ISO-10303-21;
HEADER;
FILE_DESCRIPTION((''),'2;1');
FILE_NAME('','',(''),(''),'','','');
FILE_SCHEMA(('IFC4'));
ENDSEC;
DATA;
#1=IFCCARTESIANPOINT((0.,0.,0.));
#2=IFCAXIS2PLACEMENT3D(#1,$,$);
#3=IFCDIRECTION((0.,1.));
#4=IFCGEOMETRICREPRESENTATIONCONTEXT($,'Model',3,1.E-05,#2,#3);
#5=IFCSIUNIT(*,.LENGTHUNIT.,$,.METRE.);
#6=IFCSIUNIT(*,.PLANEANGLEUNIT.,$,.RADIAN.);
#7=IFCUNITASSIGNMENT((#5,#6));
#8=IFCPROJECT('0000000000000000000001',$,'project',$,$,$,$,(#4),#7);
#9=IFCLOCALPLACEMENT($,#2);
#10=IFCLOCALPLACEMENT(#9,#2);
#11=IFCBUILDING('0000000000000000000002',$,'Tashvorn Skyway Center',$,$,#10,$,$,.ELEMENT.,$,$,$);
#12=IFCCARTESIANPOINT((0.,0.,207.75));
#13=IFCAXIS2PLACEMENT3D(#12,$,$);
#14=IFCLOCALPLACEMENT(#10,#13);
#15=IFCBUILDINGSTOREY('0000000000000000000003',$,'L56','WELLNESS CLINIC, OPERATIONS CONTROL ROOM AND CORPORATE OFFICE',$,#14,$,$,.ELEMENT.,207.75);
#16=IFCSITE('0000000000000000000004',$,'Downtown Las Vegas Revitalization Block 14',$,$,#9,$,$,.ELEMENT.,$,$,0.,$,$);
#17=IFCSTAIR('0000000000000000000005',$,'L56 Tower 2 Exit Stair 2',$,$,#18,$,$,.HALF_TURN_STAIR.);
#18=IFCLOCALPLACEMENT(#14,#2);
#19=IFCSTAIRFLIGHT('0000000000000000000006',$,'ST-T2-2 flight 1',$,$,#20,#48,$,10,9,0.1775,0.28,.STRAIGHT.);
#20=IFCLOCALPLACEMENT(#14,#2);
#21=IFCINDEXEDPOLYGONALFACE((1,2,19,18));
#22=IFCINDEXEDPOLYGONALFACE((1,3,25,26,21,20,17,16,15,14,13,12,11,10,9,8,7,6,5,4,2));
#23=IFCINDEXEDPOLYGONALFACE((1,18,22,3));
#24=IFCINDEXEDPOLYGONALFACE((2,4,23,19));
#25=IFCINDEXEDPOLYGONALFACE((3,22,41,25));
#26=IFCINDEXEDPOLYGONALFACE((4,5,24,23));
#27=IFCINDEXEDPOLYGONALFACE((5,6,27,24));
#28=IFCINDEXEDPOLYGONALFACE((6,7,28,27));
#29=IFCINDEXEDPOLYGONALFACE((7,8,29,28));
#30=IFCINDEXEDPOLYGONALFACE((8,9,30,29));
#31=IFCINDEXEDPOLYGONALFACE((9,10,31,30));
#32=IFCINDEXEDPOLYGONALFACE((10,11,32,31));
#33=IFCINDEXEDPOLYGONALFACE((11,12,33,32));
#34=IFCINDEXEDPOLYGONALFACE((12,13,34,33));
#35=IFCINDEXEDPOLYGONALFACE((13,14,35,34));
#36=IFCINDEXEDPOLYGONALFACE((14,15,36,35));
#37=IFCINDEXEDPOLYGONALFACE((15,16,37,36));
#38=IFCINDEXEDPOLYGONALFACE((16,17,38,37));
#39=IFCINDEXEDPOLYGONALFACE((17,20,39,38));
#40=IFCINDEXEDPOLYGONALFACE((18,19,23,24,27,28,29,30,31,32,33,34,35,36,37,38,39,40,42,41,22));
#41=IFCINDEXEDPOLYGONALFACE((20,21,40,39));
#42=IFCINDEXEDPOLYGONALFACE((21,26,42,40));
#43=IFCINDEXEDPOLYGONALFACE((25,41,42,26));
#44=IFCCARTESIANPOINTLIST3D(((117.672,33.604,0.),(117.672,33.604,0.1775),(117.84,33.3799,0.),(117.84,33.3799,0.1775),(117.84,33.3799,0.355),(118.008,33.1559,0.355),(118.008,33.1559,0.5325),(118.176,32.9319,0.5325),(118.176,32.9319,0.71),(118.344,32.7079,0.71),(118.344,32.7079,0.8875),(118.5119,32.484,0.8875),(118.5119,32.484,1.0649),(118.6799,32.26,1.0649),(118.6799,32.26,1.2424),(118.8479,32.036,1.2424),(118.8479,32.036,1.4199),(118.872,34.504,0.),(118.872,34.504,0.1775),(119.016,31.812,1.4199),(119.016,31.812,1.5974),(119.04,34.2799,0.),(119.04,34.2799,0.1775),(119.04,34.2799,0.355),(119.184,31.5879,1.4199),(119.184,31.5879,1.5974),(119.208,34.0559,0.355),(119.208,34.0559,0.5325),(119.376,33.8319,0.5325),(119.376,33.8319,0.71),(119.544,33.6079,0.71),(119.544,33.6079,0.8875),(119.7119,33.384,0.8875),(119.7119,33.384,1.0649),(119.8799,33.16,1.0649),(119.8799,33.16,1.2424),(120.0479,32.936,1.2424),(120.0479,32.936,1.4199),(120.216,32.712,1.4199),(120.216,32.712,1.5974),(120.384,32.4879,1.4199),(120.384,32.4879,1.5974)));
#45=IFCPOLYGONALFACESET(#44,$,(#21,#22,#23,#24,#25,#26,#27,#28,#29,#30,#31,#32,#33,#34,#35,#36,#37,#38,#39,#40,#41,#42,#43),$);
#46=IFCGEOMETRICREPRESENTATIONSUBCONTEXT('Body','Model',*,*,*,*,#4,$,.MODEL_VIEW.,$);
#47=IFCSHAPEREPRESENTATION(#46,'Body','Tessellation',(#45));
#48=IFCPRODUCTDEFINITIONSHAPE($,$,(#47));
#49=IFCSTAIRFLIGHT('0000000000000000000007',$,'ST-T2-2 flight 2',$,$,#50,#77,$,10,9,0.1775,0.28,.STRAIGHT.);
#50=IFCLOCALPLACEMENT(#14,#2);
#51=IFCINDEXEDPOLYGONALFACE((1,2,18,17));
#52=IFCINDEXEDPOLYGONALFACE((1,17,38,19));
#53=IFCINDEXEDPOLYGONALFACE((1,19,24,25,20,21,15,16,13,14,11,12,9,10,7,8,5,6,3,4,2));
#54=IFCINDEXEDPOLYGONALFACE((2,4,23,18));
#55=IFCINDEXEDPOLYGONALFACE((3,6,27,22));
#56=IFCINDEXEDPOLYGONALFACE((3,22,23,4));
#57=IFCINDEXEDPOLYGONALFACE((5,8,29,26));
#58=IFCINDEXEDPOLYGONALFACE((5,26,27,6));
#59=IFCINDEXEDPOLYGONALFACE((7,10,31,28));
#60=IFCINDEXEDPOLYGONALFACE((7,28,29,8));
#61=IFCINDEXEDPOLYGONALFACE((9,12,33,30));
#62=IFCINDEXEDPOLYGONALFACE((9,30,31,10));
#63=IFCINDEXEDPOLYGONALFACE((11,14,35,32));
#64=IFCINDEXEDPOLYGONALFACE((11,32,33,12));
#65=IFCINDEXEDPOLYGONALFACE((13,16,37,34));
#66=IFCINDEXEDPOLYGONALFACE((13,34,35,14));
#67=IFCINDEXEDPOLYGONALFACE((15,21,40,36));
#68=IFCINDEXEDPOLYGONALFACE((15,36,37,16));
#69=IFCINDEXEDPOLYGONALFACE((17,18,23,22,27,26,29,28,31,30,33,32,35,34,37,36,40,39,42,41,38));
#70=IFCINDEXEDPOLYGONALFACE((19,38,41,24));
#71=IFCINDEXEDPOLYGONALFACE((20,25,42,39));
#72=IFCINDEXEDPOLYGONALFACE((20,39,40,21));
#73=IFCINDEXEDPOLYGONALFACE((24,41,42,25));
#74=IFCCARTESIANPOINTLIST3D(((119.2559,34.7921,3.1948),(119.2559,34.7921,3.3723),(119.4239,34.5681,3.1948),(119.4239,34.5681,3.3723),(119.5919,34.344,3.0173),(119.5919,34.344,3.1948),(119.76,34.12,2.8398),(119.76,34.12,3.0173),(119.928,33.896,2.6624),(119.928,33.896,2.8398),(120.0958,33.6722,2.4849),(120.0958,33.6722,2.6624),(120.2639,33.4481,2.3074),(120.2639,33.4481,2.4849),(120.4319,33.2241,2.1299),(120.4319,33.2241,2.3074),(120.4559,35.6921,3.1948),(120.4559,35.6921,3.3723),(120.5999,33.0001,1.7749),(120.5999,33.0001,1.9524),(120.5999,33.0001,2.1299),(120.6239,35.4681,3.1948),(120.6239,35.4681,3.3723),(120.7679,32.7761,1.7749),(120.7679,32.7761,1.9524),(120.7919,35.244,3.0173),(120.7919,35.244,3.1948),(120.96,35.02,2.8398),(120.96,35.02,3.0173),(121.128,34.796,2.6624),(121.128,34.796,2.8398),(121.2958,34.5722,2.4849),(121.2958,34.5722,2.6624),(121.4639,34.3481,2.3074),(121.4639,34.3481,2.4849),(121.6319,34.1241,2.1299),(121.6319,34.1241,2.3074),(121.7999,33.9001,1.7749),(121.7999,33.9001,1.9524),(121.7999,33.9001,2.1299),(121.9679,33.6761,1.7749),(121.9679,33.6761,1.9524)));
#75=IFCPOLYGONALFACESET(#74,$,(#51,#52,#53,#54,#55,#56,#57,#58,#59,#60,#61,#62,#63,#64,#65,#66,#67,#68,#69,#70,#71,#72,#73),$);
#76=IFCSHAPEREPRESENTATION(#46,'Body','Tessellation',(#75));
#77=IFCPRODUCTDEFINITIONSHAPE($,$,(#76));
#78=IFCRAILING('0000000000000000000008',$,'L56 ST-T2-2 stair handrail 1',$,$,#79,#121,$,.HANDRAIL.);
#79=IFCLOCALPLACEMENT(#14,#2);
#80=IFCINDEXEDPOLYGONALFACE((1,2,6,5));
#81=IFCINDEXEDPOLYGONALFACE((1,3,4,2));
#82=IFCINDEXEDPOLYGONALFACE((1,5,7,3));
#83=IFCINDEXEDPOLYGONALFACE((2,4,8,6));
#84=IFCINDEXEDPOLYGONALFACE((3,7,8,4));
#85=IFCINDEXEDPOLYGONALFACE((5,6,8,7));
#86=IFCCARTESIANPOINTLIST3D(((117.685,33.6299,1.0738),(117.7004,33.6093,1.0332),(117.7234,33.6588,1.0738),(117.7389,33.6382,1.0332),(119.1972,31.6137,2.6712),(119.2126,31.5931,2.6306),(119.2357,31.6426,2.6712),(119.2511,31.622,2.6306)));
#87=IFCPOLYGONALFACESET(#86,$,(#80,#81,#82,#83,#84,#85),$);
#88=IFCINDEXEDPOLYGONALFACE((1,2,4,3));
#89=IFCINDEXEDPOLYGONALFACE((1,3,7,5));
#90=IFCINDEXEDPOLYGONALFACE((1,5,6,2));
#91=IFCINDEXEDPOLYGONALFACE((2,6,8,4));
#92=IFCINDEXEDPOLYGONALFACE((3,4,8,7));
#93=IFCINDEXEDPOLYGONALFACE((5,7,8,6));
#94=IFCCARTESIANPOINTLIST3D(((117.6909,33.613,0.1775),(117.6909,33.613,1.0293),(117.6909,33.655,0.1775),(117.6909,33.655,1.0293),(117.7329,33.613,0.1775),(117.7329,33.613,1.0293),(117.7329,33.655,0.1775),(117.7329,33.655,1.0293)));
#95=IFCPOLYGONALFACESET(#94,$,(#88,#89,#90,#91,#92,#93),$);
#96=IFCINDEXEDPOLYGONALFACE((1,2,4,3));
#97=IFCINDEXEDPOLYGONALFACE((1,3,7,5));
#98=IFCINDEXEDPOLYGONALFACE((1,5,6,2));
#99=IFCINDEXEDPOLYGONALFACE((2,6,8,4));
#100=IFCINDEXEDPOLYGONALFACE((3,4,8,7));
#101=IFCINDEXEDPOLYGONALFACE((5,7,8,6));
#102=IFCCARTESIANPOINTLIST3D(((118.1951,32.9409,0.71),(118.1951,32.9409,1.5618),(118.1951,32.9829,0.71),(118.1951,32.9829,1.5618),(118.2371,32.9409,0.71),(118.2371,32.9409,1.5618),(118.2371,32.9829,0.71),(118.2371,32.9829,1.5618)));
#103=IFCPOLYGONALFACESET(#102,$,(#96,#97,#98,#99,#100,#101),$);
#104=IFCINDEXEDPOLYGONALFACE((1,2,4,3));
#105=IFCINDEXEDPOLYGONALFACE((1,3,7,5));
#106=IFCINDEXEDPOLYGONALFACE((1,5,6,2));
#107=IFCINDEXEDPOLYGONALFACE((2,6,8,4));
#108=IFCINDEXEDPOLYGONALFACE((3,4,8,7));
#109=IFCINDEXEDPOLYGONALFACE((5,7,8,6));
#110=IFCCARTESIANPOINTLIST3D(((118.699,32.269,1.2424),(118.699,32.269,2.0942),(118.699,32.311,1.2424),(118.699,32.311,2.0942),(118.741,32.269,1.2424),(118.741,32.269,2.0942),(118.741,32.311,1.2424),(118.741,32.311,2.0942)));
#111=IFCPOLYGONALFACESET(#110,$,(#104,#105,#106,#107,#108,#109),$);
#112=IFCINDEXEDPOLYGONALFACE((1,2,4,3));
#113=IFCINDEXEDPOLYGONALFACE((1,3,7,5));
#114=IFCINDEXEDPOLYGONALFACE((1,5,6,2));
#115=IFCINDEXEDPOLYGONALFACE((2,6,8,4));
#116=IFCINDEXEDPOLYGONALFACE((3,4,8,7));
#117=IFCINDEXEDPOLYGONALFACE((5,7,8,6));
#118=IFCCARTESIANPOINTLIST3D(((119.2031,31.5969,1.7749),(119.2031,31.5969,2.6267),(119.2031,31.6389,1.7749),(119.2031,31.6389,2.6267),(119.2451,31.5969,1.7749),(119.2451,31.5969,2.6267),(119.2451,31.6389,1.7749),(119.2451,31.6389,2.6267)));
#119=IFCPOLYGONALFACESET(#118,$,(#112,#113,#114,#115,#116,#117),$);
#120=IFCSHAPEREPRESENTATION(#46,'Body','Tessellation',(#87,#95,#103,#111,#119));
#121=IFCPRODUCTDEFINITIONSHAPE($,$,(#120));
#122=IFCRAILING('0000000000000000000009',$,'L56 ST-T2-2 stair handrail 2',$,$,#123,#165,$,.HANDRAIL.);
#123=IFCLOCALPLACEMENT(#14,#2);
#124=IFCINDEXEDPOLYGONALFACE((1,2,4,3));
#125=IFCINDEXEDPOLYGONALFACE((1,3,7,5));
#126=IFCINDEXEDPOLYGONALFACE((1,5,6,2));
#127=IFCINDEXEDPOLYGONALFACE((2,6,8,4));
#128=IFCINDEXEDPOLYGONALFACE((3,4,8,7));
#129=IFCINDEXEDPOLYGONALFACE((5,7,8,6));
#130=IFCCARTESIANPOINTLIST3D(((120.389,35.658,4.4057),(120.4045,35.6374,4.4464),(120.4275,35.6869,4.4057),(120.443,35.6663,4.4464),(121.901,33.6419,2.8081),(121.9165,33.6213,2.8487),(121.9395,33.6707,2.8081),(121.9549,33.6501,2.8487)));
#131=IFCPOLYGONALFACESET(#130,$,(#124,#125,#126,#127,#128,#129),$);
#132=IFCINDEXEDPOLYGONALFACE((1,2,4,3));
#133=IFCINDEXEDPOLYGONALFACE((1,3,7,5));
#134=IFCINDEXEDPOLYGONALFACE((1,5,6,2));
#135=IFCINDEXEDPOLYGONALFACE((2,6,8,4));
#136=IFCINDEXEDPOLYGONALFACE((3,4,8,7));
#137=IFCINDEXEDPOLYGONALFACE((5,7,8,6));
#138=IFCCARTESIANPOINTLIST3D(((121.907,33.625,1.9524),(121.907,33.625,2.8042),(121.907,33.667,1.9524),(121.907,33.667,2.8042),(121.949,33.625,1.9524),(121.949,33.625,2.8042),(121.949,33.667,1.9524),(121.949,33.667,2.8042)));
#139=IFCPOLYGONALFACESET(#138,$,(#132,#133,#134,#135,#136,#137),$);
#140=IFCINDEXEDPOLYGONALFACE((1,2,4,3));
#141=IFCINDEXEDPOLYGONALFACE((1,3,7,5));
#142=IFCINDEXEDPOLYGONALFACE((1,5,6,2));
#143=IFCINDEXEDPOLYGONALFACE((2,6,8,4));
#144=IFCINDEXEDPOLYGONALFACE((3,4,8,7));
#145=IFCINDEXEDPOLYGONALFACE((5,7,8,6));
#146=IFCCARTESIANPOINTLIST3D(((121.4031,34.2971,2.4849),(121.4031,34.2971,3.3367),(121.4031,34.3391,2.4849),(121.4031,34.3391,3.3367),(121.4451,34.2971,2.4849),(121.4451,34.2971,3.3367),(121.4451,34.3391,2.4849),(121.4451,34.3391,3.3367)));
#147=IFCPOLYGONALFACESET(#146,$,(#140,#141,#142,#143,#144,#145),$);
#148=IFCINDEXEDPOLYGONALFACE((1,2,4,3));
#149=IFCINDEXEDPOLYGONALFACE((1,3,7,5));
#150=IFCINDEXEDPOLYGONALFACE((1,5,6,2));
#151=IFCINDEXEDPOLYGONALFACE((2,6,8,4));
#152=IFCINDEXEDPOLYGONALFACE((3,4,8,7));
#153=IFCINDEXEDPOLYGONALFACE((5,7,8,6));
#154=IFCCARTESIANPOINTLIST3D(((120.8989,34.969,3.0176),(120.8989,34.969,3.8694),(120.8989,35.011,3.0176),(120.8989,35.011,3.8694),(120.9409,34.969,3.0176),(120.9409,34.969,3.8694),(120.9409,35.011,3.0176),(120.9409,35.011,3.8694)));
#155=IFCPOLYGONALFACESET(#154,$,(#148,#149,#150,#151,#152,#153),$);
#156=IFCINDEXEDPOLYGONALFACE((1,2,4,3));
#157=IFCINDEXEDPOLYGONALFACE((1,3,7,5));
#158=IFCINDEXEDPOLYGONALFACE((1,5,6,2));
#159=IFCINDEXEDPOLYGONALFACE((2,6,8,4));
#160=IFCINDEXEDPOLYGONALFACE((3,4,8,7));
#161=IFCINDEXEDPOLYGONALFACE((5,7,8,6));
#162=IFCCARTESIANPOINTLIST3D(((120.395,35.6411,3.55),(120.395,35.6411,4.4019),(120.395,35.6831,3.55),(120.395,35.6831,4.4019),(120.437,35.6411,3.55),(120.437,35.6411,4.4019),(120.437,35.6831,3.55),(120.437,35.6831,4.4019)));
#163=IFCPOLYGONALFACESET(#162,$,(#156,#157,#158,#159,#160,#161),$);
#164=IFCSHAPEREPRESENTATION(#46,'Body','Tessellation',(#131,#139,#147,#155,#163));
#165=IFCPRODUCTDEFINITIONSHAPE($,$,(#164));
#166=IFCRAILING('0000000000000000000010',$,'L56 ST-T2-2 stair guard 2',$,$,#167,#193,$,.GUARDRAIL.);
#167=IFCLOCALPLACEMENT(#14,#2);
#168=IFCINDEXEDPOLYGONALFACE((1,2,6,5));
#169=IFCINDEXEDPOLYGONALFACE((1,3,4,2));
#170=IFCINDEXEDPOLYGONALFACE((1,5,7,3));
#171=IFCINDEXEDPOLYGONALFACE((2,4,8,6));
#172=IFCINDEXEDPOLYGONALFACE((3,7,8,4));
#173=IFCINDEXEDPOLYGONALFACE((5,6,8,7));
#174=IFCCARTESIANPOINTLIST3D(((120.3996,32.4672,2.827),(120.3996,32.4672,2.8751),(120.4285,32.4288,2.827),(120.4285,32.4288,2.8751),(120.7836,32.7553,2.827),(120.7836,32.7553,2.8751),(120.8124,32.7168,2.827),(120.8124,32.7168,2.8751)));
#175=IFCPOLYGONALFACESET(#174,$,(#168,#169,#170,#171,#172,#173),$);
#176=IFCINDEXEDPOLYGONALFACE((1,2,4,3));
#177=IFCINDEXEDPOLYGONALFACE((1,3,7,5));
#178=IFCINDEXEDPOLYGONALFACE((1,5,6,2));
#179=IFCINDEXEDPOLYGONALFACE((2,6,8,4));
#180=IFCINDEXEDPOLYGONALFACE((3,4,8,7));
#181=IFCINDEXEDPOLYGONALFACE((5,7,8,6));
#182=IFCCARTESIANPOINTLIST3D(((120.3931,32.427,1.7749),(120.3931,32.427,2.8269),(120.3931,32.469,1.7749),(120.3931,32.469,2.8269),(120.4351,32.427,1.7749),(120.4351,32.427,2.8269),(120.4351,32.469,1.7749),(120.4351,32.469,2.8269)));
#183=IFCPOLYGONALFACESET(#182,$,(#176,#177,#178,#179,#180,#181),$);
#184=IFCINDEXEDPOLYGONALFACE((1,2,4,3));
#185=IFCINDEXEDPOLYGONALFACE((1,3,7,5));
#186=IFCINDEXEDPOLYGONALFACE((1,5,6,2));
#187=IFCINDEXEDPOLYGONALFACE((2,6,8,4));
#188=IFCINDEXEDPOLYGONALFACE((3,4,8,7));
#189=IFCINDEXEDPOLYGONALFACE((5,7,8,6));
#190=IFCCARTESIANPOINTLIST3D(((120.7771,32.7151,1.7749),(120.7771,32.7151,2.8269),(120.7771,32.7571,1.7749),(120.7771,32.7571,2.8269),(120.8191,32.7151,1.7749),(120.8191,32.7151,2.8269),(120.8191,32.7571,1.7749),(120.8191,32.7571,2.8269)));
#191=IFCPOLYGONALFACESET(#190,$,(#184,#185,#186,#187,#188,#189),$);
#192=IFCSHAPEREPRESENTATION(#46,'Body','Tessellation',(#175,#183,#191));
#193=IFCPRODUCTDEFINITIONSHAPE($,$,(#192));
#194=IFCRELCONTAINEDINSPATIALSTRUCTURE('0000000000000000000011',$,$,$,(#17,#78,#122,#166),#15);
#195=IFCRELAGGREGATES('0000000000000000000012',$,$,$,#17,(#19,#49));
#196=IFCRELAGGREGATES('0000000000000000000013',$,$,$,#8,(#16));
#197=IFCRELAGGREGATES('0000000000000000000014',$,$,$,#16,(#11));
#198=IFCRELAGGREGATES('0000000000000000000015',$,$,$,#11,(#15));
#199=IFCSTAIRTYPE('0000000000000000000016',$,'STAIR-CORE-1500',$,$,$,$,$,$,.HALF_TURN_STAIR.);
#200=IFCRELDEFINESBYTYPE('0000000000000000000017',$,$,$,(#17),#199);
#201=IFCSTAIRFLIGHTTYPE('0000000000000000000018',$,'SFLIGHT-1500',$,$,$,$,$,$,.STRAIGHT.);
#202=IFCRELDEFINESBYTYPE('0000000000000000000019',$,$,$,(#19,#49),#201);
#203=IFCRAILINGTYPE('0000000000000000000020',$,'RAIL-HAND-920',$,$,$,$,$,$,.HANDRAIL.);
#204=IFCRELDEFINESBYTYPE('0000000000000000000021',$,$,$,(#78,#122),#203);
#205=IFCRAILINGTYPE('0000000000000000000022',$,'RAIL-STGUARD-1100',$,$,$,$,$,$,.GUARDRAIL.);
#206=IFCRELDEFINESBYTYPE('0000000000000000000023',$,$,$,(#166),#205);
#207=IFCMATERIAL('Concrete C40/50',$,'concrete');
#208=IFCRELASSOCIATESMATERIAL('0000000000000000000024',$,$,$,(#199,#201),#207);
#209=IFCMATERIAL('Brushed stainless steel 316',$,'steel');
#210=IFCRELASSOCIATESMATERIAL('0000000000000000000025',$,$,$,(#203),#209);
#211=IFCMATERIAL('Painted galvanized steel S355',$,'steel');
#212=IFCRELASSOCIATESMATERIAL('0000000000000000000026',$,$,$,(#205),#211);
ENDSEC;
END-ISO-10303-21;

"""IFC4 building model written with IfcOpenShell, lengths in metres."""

from ifc_helpers import new_model, si_unit, direction, frame, origin, origin_2d, place, context, subcontext, project, spatial, polyline, rectangle, outline, extrude, material, type_object, element, aggregate, save


model = new_model("IFC4")

# Units and contexts
model_context = context("Model", 3, precision=1e-05, world=origin(), true_north=direction((0.0, 1.0)))
body_context = subcontext(model_context, "Body", "Model", "MODEL_VIEW")
ifc_project = project(units=[si_unit("LENGTHUNIT", "METRE"), si_unit("PLANEANGLEUNIT", "RADIAN")], contexts=[model_context])

# Site, building, storey
site_placement = place(None, origin())
site = spatial("IfcSite", under=ifc_project, at=site_placement, Name="Downtown Las Vegas Revitalization Block 14", CompositionType="ELEMENT", RefElevation=0.0)
building_placement = place(site_placement, origin())
building = spatial("IfcBuilding", under=site, at=building_placement, Name="Tashvorn Skyway Center", CompositionType="ELEMENT")
storey_placement = place(building_placement, frame((0.0, 0.0, 207.75)))
storey = spatial("IfcBuildingStorey", under=building, at=storey_placement, Name="L56", Description="WELLNESS CLINIC, OPERATIONS CONTROL ROOM AND CORPORATE OFFICE", CompositionType="ELEMENT", Elevation=207.75)

# Shared definitions
ifc_material_1 = material(Name="Concrete C40/50", Category="concrete")

# Stair, stair flights
stair_type = type_object("IfcStairType", Name="STAIR-CORE-1500", PredefinedType="HALF_TURN_STAIR", material=ifc_material_1)
stair_placement = place(storey_placement, origin())
stair = element("IfcStair", 1, at=stair_placement, inside=storey, type_object=stair_type, Name="L56 Tower 2 Exit Stair 2", PredefinedType="HALF_TURN_STAIR")
stair_flight_type = type_object("IfcStairFlightType", Name="SFLIGHT-1500", PredefinedType="STRAIGHT", material=ifc_material_1)
stair_flight_1_placement = place(storey_placement, frame((118.272, 34.054, 0.0), z_axis=(0.0, 0.0, 1.0), x_axis=(0.6, -0.8, 0.0)))
stair_flight_1 = element("IfcStairFlight", 2, at=stair_flight_1_placement, type_object=stair_flight_type, Name="ST-T2-2 flight 1", NumberOfRisers=10, NumberOfTreads=9, PredefinedType="STRAIGHT", RiserHeight=0.1775, TreadLength=0.28, context=body_context, shape_type="SweptSolid", body=[
    extrude(outline(polyline([(0.0, 0.0), (0.0, 0.1775), (0.28, 0.1775), (0.28, 0.355), (0.5601, 0.355), (0.5601, 0.5325), (0.8401, 0.5325), (0.8401, 0.71), (1.1201, 0.71), (1.1201, 0.8875), (1.3999, 0.8875), (1.3999, 1.0649), (1.6799, 1.0649), (1.6799, 1.2424), (1.96, 1.2424), (1.96, 1.4199), (2.24, 1.4199), (2.24, 1.5974), (2.52, 1.5974), (2.52, 1.7749), (2.52, 1.4199), (0.28, 0.0), (0.0, 0.0)])), frame((0.0, 0.75, 0.0), z_axis=(0.0, -1.0, 0.0), x_axis=(1.0, 0.0, 0.0)), (0.0, 0.0, 1.0), 1.5),
])
stair_flight_2_placement = place(storey_placement, frame((121.3679, 33.2261, 1.7749), z_axis=(0.0, 0.0, 1.0), x_axis=(-0.6, 0.8, 0.0)))
stair_flight_2 = element("IfcStairFlight", 3, at=stair_flight_2_placement, type_object=stair_flight_type, Name="ST-T2-2 flight 2", NumberOfRisers=10, NumberOfTreads=9, PredefinedType="STRAIGHT", RiserHeight=0.1775, TreadLength=0.28, context=body_context, shape_type="SweptSolid", body=[
    extrude(outline(polyline([(0.0, 0.0), (0.0, 0.1775), (0.28, 0.1775), (0.28, 0.355), (0.5601, 0.355), (0.5601, 0.5325), (0.8401, 0.5325), (0.8401, 0.71), (1.1201, 0.71), (1.1201, 0.8875), (1.3999, 0.8875), (1.3999, 1.0649), (1.6799, 1.0649), (1.6799, 1.2424), (1.96, 1.2424), (1.96, 1.4199), (2.24, 1.4199), (2.24, 1.5974), (2.52, 1.5974), (2.52, 1.7749), (2.52, 1.4199), (0.28, 0.0), (0.0, 0.0)])), frame((0.0, 0.75, 0.0), z_axis=(0.0, -1.0, 0.0), x_axis=(1.0, 0.0, 0.0)), (0.0, 0.0, 1.0), 1.5),
])
aggregate(stair, [stair_flight_1, stair_flight_2])

# Railings
ifc_material_2 = material(Name="Brushed stainless steel 316", Category="steel")
railing_type_1 = type_object("IfcRailingType", Name="RAIL-HAND-920", PredefinedType="HANDRAIL", material=ifc_material_2)
railing_1_placement = place(storey_placement, frame((117.7119, 33.634, 0.1775)))
element("IfcRailing", 4, at=railing_1_placement, inside=storey, type_object=railing_type_1, Name="L56 ST-T2-2 stair handrail 1", PredefinedType="HANDRAIL", context=body_context, shape_type="SweptSolid", body=[
    extrude(rectangle(XDim=0.0481, YDim=0.0481, at=origin_2d()), frame((0.0, 0.0, 0.876), z_axis=(0.506802, -0.675681, 0.535357), x_axis=(0.799977, 0.600031, 0.0)), (0.0, 0.0, 1.0), 2.9839),
    extrude(rectangle(XDim=0.042, YDim=0.042, at=origin_2d()), origin(), (0.0, 0.0, 1.0), 0.8518),
    extrude(rectangle(XDim=0.042, YDim=0.042, at=origin_2d()), frame((0.5042, -0.6721, 0.5325)), (0.0, 0.0, 1.0), 0.8518),
    extrude(rectangle(XDim=0.042, YDim=0.042, at=origin_2d()), frame((1.0081, -1.344, 1.0649)), (0.0, 0.0, 1.0), 0.8518),
    extrude(rectangle(XDim=0.042, YDim=0.042, at=origin_2d()), frame((1.5122, -2.0161, 1.5974)), (0.0, 0.0, 1.0), 0.8518),
])
railing_2_placement = place(storey_placement, frame((121.928, 33.646, 1.9524)))
element("IfcRailing", 5, at=railing_2_placement, inside=storey, type_object=railing_type_1, Name="L56 ST-T2-2 stair handrail 2", PredefinedType="HANDRAIL", context=body_context, shape_type="SweptSolid", body=[
    extrude(rectangle(XDim=0.0481, YDim=0.0481, at=origin_2d()), frame((0.0, 0.0, 0.876), z_axis=(-0.506719, 0.675679, 0.535438), x_axis=(-0.800023, -0.599969, 0.0)), (0.0, 0.0, 1.0), 2.9839),
    extrude(rectangle(XDim=0.042, YDim=0.042, at=origin_2d()), origin(), (0.0, 0.0, 1.0), 0.8518),
    extrude(rectangle(XDim=0.042, YDim=0.042, at=origin_2d()), frame((-0.5039, 0.6721, 0.5325)), (0.0, 0.0, 1.0), 0.8518),
    extrude(rectangle(XDim=0.042, YDim=0.042, at=origin_2d()), frame((-1.0081, 1.344, 1.0652)), (0.0, 0.0, 1.0), 0.8518),
    extrude(rectangle(XDim=0.042, YDim=0.042, at=origin_2d()), frame((-1.512, 2.0161, 1.5977)), (0.0, 0.0, 1.0), 0.8518),
])
ifc_material_3 = material(Name="Painted galvanized steel S355", Category="steel")
railing_type_2 = type_object("IfcRailingType", Name="RAIL-STGUARD-1100", PredefinedType="GUARDRAIL", material=ifc_material_3)
railing_3_placement = place(storey_placement, frame((120.4141, 32.448, 1.7749)))
element("IfcRailing", 6, at=railing_3_placement, inside=storey, type_object=railing_type_2, Name="L56 ST-T2-2 stair guard 2", PredefinedType="GUARDRAIL", context=body_context, shape_type="SweptSolid", body=[
    extrude(rectangle(XDim=0.0481, YDim=0.0481, at=origin_2d()), frame((0.0, 0.0, 1.0762), z_axis=(0.799939, 0.600081, 0.0), x_axis=(-0.600081, 0.799939, 0.0)), (0.0, 0.0, 1.0), 0.48),
    extrude(rectangle(XDim=0.042, YDim=0.042, at=origin_2d()), origin(), (0.0, 0.0, 1.0), 1.052),
    extrude(rectangle(XDim=0.042, YDim=0.042, at=origin_2d()), frame((0.384, 0.2881, 0.0)), (0.0, 0.0, 1.0), 1.052),
])

save(model, "model.ifc")
